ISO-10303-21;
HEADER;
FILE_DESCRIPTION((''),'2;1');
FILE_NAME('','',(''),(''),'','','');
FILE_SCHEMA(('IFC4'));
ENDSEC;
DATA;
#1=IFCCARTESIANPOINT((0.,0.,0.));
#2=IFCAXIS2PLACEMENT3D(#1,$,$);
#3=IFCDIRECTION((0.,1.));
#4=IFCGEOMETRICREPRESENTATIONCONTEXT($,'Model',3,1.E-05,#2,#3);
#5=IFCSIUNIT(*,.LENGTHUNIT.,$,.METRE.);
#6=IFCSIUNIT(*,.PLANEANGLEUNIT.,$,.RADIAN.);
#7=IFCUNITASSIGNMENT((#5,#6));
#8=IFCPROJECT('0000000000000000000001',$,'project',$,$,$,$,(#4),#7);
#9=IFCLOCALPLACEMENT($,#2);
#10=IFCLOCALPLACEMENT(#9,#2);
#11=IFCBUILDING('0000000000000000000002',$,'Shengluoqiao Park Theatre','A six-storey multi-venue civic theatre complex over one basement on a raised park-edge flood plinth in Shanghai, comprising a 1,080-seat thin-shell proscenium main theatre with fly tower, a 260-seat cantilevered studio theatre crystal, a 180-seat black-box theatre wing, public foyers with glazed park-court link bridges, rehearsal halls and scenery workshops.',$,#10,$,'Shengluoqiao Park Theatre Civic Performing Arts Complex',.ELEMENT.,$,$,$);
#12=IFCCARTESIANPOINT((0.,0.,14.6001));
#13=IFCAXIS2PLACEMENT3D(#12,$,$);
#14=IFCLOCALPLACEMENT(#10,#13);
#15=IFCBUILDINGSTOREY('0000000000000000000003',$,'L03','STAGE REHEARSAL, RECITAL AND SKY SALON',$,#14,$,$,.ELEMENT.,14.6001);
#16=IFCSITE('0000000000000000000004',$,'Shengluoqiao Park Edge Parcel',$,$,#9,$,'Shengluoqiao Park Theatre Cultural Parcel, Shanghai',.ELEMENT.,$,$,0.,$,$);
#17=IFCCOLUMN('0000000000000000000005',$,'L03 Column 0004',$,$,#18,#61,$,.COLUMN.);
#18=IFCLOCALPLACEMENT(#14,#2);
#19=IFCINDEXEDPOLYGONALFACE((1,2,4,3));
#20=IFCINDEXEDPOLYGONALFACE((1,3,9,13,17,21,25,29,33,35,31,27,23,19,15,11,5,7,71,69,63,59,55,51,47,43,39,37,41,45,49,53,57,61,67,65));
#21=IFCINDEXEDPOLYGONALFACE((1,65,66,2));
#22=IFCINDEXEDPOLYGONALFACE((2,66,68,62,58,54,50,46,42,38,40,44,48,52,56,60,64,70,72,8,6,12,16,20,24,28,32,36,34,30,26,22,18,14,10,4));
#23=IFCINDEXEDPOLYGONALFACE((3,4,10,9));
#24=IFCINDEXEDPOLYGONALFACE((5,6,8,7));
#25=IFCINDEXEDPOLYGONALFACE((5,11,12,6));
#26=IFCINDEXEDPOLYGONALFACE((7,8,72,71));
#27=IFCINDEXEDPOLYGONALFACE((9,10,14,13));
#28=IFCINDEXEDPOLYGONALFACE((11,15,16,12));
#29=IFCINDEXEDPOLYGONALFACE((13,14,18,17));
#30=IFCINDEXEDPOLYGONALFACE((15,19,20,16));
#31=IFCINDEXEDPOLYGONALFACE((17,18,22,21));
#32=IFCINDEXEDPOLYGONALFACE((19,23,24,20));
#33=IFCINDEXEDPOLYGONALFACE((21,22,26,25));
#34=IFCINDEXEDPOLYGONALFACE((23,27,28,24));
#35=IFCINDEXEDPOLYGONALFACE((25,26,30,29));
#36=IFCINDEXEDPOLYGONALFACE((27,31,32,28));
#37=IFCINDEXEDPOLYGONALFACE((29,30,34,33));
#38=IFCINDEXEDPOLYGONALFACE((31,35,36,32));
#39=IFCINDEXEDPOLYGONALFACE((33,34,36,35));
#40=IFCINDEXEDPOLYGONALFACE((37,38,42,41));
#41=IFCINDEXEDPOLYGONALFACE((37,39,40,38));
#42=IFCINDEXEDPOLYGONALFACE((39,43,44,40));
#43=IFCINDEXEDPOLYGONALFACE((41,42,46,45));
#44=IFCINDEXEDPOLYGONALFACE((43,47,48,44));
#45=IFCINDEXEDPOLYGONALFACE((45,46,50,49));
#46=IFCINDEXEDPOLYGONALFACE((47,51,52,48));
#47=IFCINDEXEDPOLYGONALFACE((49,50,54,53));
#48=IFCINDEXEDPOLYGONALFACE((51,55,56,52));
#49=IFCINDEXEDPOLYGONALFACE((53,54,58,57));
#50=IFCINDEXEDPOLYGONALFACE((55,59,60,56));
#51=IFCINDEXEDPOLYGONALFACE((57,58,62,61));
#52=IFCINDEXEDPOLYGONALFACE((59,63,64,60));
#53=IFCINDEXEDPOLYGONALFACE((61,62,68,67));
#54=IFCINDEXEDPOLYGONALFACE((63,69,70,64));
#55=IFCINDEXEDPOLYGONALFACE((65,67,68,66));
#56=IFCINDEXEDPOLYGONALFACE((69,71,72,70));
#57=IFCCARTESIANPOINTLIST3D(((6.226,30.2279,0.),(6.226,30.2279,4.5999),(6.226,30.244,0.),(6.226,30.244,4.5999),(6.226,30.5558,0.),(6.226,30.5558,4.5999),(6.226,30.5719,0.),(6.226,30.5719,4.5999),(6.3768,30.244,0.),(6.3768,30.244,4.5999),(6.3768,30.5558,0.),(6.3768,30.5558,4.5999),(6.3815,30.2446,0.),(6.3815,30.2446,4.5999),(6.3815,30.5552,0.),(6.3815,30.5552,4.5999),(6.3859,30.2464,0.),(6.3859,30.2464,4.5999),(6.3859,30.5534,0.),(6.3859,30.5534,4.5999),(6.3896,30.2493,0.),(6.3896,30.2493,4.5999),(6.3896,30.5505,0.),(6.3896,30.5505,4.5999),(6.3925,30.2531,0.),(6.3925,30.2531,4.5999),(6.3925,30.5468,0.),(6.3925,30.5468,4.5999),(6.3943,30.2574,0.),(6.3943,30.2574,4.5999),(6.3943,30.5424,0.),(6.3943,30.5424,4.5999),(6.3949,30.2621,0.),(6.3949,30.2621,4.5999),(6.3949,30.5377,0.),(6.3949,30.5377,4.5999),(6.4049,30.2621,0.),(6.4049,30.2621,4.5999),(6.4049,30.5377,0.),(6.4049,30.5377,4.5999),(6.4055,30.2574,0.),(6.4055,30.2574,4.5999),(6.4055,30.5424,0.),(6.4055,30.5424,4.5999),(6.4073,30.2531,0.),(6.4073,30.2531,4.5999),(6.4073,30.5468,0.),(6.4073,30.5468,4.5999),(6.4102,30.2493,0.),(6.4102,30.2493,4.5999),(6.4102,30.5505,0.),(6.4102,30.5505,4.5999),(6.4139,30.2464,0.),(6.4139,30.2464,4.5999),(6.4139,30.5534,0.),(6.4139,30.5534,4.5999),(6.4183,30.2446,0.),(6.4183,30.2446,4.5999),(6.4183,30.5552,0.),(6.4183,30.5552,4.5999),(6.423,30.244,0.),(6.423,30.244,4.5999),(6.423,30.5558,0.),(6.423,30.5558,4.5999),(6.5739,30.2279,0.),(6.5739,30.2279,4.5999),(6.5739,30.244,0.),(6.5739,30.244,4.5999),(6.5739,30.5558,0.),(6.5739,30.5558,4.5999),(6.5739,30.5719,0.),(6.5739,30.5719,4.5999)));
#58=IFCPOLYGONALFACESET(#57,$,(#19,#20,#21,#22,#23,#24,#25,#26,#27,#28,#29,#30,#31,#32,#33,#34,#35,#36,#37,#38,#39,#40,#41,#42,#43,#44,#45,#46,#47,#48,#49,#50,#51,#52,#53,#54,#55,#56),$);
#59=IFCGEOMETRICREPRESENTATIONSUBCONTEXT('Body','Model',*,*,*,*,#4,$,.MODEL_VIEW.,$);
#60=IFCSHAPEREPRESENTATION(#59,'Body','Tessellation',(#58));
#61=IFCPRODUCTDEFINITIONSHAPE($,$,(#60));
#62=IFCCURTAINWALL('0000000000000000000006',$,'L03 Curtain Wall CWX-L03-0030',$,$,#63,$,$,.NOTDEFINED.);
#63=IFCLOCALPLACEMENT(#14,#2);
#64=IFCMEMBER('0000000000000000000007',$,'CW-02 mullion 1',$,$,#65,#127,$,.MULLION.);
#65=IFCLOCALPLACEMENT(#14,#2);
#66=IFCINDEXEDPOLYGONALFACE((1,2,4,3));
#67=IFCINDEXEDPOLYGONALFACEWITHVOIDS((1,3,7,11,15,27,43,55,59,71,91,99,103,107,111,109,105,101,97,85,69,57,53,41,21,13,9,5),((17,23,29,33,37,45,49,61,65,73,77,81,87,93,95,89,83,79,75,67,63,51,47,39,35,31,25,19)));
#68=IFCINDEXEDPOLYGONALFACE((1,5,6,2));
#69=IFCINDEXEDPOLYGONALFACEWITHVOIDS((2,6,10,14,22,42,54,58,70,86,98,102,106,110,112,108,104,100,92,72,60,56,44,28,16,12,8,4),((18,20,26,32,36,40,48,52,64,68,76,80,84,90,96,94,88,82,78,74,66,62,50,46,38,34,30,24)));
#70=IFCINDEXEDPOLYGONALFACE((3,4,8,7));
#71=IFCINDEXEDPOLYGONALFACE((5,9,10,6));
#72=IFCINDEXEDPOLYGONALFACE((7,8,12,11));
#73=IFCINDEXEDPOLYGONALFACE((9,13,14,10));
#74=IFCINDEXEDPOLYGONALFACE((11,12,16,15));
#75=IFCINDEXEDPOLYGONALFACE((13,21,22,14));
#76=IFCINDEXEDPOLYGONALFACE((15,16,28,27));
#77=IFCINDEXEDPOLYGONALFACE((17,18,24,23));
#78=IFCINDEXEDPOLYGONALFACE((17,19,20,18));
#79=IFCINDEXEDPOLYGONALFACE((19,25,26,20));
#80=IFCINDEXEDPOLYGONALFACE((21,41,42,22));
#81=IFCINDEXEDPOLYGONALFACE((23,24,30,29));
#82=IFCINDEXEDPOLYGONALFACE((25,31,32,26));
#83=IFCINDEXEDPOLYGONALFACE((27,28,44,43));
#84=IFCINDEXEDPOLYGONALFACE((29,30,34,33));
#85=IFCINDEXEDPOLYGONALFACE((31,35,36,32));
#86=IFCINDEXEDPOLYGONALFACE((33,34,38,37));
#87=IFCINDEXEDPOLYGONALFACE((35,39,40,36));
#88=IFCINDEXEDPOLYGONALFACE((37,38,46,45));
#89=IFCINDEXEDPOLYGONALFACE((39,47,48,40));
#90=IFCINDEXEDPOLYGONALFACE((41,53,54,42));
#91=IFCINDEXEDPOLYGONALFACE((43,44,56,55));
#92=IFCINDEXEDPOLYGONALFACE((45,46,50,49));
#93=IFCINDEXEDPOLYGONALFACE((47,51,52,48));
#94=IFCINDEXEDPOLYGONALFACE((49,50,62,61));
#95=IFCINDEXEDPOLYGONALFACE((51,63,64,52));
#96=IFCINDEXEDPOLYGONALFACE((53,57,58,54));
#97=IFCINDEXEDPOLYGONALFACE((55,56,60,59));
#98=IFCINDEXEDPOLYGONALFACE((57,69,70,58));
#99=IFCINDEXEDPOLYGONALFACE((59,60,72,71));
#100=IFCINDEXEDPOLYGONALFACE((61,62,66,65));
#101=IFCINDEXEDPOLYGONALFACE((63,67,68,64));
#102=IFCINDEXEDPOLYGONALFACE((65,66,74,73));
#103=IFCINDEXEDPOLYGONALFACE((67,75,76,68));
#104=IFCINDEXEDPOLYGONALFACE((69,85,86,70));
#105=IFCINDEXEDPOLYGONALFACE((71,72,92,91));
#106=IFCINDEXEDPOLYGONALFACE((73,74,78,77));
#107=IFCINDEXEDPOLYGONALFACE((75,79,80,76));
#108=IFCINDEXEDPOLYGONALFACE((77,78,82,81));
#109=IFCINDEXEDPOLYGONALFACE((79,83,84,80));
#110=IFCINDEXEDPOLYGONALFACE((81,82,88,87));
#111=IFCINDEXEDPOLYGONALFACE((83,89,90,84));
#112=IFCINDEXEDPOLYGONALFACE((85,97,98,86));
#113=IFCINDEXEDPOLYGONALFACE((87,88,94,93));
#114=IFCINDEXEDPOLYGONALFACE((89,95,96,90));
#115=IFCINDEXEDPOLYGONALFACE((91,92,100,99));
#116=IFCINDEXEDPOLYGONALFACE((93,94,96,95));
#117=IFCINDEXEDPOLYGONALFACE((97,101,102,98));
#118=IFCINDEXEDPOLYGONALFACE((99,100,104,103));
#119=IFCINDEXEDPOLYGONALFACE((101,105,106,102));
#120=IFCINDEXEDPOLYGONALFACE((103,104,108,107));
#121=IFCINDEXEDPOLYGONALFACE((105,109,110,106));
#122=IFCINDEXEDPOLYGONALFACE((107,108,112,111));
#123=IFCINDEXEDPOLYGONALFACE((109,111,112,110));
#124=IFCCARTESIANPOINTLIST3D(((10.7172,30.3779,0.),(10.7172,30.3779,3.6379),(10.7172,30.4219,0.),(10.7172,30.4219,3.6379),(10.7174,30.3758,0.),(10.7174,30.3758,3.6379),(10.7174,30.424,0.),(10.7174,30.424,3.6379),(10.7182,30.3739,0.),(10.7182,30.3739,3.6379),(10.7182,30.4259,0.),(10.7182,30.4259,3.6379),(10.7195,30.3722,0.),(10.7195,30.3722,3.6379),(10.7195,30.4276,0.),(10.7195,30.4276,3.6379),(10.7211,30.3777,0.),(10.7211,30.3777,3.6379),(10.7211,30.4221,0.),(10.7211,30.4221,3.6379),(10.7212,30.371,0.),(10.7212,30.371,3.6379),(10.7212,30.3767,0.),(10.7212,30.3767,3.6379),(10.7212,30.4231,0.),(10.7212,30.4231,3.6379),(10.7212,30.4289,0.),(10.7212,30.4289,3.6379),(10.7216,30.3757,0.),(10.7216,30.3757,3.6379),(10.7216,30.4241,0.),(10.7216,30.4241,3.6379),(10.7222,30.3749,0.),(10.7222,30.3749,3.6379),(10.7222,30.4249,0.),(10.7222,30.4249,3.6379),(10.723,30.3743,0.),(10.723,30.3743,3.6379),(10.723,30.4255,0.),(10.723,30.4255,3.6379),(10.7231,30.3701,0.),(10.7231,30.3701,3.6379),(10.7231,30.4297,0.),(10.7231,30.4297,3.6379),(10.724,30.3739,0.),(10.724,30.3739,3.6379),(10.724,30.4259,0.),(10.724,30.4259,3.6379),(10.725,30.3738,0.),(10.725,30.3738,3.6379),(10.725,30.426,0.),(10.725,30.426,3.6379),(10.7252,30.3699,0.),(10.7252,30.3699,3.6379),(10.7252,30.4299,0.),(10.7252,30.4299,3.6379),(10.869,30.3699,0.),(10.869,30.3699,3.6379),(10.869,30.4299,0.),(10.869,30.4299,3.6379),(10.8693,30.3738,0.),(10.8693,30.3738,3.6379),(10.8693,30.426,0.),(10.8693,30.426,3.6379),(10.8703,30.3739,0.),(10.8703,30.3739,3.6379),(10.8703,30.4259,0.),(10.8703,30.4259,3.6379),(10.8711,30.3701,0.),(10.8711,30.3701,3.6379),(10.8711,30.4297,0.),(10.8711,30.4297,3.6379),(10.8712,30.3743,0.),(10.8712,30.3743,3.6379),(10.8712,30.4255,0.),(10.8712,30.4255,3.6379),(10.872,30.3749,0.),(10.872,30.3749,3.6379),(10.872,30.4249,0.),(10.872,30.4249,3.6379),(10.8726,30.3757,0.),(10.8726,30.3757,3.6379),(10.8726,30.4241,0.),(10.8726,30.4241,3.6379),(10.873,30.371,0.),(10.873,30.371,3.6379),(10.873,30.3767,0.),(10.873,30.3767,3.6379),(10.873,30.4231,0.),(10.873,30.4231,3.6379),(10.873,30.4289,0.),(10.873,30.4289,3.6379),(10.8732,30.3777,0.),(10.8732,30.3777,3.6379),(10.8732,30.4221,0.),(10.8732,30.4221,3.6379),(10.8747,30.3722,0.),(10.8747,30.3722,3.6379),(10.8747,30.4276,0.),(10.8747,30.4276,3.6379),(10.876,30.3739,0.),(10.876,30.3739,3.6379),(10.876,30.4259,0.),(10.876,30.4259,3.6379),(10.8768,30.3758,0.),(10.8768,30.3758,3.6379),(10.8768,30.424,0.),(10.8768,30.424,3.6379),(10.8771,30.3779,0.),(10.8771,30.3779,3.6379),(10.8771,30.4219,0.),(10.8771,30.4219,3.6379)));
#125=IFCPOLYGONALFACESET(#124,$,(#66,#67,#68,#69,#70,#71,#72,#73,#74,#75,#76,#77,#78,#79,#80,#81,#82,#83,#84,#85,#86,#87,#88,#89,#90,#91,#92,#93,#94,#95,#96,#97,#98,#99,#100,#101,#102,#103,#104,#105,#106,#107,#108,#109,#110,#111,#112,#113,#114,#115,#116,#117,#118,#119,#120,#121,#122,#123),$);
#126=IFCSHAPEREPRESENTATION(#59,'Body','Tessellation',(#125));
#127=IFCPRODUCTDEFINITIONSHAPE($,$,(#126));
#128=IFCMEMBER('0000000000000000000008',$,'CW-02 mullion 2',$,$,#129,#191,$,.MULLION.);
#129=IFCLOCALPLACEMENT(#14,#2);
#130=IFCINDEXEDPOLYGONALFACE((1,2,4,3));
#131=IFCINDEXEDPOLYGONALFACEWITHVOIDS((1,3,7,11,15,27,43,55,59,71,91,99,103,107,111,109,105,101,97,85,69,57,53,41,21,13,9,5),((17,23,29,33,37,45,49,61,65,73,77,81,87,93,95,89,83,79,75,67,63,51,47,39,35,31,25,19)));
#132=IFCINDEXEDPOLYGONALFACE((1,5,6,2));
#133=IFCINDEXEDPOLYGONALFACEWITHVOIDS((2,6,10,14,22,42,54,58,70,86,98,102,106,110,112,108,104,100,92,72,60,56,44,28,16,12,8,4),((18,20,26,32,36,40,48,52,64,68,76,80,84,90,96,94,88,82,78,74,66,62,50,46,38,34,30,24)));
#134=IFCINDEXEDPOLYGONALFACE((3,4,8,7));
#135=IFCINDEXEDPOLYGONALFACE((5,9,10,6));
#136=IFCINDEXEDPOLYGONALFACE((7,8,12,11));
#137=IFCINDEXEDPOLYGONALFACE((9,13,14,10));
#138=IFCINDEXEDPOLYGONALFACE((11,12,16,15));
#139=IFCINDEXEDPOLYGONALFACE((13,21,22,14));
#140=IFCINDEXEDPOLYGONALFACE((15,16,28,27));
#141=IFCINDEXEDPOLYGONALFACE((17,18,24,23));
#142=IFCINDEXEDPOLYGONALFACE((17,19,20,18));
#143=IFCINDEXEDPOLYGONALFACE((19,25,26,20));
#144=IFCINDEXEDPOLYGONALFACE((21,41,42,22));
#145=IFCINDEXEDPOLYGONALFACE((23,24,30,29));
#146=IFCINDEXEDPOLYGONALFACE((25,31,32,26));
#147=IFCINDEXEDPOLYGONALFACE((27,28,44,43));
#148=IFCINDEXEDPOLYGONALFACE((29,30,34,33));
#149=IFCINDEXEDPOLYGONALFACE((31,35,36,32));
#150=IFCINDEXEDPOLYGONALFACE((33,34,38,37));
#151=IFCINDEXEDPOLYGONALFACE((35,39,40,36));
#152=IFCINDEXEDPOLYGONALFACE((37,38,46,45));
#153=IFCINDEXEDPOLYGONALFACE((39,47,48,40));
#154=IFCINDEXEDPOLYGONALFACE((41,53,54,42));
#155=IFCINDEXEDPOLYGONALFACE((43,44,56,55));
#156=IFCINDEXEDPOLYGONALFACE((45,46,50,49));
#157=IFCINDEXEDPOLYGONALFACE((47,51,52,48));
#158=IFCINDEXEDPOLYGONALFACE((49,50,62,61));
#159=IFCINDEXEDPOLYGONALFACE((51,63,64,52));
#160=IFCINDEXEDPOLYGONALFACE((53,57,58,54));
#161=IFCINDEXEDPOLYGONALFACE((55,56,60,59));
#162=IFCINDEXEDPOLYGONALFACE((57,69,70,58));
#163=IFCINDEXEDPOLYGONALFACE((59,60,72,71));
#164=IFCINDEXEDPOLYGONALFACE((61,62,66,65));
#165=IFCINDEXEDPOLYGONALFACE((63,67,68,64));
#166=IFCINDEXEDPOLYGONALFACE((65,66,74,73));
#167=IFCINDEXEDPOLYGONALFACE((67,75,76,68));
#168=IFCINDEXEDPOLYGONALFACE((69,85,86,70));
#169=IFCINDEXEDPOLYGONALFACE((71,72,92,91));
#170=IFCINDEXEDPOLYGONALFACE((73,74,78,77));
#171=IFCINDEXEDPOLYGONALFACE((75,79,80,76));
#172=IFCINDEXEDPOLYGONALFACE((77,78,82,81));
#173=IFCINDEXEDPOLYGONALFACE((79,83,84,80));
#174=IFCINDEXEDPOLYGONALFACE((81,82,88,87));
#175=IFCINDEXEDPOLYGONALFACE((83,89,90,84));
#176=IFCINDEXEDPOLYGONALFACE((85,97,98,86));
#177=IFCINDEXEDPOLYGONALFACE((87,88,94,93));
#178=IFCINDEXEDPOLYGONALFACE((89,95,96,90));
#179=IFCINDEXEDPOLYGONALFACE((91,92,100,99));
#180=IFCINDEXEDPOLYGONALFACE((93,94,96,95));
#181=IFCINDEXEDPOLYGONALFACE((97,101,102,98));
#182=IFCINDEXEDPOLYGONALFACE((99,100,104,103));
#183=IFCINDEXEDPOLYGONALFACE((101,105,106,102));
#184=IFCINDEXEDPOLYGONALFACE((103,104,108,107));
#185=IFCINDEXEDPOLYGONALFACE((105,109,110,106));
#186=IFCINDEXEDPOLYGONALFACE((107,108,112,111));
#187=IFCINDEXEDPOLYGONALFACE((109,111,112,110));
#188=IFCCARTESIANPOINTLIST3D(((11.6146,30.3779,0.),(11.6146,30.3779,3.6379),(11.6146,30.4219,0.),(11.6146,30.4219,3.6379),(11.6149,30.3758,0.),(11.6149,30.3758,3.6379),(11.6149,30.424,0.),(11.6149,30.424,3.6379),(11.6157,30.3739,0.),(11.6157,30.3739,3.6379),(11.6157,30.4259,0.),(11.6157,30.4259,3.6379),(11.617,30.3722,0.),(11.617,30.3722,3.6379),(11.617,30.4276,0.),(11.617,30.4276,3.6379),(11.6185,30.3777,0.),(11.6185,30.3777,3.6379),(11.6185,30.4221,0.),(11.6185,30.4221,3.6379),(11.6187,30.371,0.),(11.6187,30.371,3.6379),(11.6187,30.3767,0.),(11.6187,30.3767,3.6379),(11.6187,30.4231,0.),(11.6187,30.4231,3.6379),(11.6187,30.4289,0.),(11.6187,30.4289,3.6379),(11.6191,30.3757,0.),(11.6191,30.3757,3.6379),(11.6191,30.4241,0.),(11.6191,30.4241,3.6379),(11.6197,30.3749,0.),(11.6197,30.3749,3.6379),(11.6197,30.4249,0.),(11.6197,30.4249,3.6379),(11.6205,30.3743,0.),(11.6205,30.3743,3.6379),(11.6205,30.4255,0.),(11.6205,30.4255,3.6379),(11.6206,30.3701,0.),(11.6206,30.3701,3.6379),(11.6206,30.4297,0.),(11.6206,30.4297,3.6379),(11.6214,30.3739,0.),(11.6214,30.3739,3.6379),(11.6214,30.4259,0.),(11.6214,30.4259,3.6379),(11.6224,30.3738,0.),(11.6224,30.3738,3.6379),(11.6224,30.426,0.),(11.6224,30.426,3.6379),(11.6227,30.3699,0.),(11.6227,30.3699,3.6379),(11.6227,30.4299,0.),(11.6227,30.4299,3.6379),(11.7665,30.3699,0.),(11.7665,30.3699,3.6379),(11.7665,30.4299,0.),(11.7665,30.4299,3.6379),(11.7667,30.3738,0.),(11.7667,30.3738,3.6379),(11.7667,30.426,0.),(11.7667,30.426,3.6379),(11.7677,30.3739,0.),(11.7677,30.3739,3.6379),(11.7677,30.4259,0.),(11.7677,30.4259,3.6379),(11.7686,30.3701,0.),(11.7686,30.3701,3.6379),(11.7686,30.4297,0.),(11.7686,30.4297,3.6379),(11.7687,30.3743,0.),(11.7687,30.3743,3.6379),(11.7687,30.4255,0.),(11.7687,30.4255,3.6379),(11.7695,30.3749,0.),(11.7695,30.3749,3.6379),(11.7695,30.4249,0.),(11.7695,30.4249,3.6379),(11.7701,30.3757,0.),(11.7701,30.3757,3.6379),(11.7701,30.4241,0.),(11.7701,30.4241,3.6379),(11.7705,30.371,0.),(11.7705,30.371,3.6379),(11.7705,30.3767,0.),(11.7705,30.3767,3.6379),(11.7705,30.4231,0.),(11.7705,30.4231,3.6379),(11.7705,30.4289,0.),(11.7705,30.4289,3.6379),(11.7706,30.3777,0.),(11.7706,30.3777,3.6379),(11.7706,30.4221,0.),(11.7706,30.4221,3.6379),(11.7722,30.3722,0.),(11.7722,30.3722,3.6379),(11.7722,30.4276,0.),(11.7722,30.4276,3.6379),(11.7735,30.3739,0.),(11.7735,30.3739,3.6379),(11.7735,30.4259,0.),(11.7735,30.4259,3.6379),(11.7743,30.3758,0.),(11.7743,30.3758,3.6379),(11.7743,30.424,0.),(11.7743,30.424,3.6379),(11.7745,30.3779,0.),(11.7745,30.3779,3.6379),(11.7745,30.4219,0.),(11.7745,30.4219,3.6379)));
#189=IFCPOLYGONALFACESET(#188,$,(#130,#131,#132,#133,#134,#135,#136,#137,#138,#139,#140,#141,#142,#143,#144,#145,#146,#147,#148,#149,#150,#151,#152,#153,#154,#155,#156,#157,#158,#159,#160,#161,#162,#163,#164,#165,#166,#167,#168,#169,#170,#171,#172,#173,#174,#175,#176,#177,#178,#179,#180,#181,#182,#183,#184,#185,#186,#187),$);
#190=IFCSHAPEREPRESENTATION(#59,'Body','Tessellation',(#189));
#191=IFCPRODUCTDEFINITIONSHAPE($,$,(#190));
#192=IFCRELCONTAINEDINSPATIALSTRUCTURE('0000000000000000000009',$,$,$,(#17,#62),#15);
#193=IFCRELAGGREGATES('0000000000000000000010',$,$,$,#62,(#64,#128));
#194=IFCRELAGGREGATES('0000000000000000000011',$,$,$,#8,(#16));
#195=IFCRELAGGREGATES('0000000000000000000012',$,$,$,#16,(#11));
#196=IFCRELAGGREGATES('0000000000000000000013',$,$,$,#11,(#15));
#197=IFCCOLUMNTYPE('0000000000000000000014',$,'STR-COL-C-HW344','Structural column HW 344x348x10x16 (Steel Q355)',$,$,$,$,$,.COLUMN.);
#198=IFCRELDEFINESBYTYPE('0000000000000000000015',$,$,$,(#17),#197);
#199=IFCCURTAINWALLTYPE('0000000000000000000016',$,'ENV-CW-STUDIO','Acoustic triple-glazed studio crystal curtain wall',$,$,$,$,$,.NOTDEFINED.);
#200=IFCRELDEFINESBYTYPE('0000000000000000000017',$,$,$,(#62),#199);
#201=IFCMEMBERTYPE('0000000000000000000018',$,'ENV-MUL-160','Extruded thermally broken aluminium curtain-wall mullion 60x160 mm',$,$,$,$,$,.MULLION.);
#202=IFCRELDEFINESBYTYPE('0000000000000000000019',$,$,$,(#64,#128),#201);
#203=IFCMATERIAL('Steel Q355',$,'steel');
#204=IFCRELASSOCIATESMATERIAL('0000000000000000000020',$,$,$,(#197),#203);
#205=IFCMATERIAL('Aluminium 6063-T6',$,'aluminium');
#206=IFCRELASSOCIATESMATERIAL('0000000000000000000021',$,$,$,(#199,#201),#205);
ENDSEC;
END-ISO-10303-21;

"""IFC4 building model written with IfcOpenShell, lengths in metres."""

from ifc_helpers import new_model, si_unit, direction, frame, origin, origin_2d, place, context, subcontext, project, spatial, hollow_rectangle, i_section, extrude, material, material_profile, profile_set, type_object, element, aggregate, save


model = new_model("IFC4")

# Units and contexts
model_context = context("Model", 3, precision=1e-05, world=origin(), true_north=direction((0.0, 1.0)))
body_context = subcontext(model_context, "Body", "Model", "MODEL_VIEW")
ifc_project = project(units=[si_unit("LENGTHUNIT", "METRE"), si_unit("PLANEANGLEUNIT", "RADIAN")], contexts=[model_context])

# Site, building, storey
site_placement = place(None, origin())
site = spatial("IfcSite", under=ifc_project, at=site_placement, Name="Shengluoqiao Park Edge Parcel", LongName="Shengluoqiao Park Theatre Cultural Parcel, Shanghai", CompositionType="ELEMENT", RefElevation=0.0)
building_placement = place(site_placement, origin())
building = spatial("IfcBuilding", under=site, at=building_placement, Name="Shengluoqiao Park Theatre", Description="A six-storey multi-venue civic theatre complex over one basement on a raised park-edge flood plinth in Shanghai, comprising a 1,080-seat thin-shell proscenium main theatre with fly tower, a 260-seat cantilevered studio theatre crystal, a 180-seat black-box theatre wing, public foyers with glazed park-court link bridges, rehearsal halls and scenery workshops.", LongName="Shengluoqiao Park Theatre Civic Performing Arts Complex", CompositionType="ELEMENT")
storey_placement = place(building_placement, frame((0.0, 0.0, 14.6001)))
storey = spatial("IfcBuildingStorey", under=building, at=storey_placement, Name="L03", Description="STAGE REHEARSAL, RECITAL AND SKY SALON", CompositionType="ELEMENT", Elevation=14.6001)

# Column
ifc_material_1 = material(Name="Steel Q355", Category="steel")
ifc_material_profile_1 = material_profile(ifc_material_1, i_section(OverallWidth=0.3479, OverallDepth=0.344, WebThickness=0.01, FlangeThickness=0.0161, FilletRadius=0.0181, at=origin_2d()), Name="HW 344x348x10x16")
ifc_profile_set_1 = profile_set([ifc_material_profile_1], Name="Steel Q355")
column_type = type_object("IfcColumnType", Name="STR-COL-C-HW344", Description="Structural column HW 344x348x10x16 (Steel Q355)", PredefinedType="COLUMN", material=ifc_profile_set_1)
column_placement = place(storey_placement, frame((6.3999, 30.3999, 0.0), z_axis=(0.0, 0.0, 1.0), x_axis=(1.0, 0.0, 0.0)))
element("IfcColumn", 1, at=column_placement, inside=storey, type_object=column_type, Name="L03 Column 0004", PredefinedType="COLUMN", context=body_context, shape_type="SweptSolid", body=[
    extrude(i_section(OverallWidth=0.3479, OverallDepth=0.344, WebThickness=0.01, FlangeThickness=0.0161, FilletRadius=0.0181, at=origin_2d()), origin(), (0.0, 0.0, 1.0), 4.5999),
])

# Curtain wall, members
ifc_material_2 = material(Name="Aluminium 6063-T6", Category="aluminium")
curtain_wall_type = type_object("IfcCurtainWallType", Name="ENV-CW-STUDIO", Description="Acoustic triple-glazed studio crystal curtain wall", PredefinedType="NOTDEFINED", material=ifc_material_2)
curtain_wall_placement = place(storey_placement, origin())
curtain_wall = element("IfcCurtainWall", 2, at=curtain_wall_placement, inside=storey, type_object=curtain_wall_type, Name="L03 Curtain Wall CWX-L03-0030", PredefinedType="NOTDEFINED")
ifc_material_profile_2 = material_profile(ifc_material_2, hollow_rectangle(XDim=0.0601, YDim=0.1599, WallThickness=0.0039, InnerFilletRadius=0.0039, OuterFilletRadius=0.0081, at=origin_2d()), Name="ALU MULLION 160x60x4")
ifc_profile_set_2 = profile_set([ifc_material_profile_2], Name="Aluminium 6063-T6")
member_type_1 = type_object("IfcMemberType", Name="ENV-MUL-160", Description="Extruded thermally broken aluminium curtain-wall mullion 60x160 mm", PredefinedType="MULLION", material=ifc_profile_set_2)
member_1_placement = place(storey_placement, frame((10.7971, 30.3999, 0.0), z_axis=(0.0, 0.0, 1.0), x_axis=(0.0, 1.0, 0.0)))
member_1 = element("IfcMember", 3, at=member_1_placement, type_object=member_type_1, Name="CW-02 mullion 1", PredefinedType="MULLION", context=body_context, shape_type="SweptSolid", body=[
    extrude(hollow_rectangle(XDim=0.0601, YDim=0.1599, WallThickness=0.0039, InnerFilletRadius=0.0039, OuterFilletRadius=0.0081, at=origin_2d()), origin(), (0.0, 0.0, 1.0), 3.6379),
])
member_2_placement = place(storey_placement, frame((11.6946, 30.3999, 0.0), z_axis=(0.0, 0.0, 1.0), x_axis=(0.0, 1.0, 0.0)))
member_2 = element("IfcMember", 4, at=member_2_placement, type_object=member_type_1, Name="CW-02 mullion 2", PredefinedType="MULLION", context=body_context, shape_type="SweptSolid", body=[
    extrude(hollow_rectangle(XDim=0.0601, YDim=0.1599, WallThickness=0.0039, InnerFilletRadius=0.0039, OuterFilletRadius=0.0081, at=origin_2d()), origin(), (0.0, 0.0, 1.0), 3.6379),
])

aggregate(curtain_wall, [member_1, member_2])

save(model, "model.ifc")
